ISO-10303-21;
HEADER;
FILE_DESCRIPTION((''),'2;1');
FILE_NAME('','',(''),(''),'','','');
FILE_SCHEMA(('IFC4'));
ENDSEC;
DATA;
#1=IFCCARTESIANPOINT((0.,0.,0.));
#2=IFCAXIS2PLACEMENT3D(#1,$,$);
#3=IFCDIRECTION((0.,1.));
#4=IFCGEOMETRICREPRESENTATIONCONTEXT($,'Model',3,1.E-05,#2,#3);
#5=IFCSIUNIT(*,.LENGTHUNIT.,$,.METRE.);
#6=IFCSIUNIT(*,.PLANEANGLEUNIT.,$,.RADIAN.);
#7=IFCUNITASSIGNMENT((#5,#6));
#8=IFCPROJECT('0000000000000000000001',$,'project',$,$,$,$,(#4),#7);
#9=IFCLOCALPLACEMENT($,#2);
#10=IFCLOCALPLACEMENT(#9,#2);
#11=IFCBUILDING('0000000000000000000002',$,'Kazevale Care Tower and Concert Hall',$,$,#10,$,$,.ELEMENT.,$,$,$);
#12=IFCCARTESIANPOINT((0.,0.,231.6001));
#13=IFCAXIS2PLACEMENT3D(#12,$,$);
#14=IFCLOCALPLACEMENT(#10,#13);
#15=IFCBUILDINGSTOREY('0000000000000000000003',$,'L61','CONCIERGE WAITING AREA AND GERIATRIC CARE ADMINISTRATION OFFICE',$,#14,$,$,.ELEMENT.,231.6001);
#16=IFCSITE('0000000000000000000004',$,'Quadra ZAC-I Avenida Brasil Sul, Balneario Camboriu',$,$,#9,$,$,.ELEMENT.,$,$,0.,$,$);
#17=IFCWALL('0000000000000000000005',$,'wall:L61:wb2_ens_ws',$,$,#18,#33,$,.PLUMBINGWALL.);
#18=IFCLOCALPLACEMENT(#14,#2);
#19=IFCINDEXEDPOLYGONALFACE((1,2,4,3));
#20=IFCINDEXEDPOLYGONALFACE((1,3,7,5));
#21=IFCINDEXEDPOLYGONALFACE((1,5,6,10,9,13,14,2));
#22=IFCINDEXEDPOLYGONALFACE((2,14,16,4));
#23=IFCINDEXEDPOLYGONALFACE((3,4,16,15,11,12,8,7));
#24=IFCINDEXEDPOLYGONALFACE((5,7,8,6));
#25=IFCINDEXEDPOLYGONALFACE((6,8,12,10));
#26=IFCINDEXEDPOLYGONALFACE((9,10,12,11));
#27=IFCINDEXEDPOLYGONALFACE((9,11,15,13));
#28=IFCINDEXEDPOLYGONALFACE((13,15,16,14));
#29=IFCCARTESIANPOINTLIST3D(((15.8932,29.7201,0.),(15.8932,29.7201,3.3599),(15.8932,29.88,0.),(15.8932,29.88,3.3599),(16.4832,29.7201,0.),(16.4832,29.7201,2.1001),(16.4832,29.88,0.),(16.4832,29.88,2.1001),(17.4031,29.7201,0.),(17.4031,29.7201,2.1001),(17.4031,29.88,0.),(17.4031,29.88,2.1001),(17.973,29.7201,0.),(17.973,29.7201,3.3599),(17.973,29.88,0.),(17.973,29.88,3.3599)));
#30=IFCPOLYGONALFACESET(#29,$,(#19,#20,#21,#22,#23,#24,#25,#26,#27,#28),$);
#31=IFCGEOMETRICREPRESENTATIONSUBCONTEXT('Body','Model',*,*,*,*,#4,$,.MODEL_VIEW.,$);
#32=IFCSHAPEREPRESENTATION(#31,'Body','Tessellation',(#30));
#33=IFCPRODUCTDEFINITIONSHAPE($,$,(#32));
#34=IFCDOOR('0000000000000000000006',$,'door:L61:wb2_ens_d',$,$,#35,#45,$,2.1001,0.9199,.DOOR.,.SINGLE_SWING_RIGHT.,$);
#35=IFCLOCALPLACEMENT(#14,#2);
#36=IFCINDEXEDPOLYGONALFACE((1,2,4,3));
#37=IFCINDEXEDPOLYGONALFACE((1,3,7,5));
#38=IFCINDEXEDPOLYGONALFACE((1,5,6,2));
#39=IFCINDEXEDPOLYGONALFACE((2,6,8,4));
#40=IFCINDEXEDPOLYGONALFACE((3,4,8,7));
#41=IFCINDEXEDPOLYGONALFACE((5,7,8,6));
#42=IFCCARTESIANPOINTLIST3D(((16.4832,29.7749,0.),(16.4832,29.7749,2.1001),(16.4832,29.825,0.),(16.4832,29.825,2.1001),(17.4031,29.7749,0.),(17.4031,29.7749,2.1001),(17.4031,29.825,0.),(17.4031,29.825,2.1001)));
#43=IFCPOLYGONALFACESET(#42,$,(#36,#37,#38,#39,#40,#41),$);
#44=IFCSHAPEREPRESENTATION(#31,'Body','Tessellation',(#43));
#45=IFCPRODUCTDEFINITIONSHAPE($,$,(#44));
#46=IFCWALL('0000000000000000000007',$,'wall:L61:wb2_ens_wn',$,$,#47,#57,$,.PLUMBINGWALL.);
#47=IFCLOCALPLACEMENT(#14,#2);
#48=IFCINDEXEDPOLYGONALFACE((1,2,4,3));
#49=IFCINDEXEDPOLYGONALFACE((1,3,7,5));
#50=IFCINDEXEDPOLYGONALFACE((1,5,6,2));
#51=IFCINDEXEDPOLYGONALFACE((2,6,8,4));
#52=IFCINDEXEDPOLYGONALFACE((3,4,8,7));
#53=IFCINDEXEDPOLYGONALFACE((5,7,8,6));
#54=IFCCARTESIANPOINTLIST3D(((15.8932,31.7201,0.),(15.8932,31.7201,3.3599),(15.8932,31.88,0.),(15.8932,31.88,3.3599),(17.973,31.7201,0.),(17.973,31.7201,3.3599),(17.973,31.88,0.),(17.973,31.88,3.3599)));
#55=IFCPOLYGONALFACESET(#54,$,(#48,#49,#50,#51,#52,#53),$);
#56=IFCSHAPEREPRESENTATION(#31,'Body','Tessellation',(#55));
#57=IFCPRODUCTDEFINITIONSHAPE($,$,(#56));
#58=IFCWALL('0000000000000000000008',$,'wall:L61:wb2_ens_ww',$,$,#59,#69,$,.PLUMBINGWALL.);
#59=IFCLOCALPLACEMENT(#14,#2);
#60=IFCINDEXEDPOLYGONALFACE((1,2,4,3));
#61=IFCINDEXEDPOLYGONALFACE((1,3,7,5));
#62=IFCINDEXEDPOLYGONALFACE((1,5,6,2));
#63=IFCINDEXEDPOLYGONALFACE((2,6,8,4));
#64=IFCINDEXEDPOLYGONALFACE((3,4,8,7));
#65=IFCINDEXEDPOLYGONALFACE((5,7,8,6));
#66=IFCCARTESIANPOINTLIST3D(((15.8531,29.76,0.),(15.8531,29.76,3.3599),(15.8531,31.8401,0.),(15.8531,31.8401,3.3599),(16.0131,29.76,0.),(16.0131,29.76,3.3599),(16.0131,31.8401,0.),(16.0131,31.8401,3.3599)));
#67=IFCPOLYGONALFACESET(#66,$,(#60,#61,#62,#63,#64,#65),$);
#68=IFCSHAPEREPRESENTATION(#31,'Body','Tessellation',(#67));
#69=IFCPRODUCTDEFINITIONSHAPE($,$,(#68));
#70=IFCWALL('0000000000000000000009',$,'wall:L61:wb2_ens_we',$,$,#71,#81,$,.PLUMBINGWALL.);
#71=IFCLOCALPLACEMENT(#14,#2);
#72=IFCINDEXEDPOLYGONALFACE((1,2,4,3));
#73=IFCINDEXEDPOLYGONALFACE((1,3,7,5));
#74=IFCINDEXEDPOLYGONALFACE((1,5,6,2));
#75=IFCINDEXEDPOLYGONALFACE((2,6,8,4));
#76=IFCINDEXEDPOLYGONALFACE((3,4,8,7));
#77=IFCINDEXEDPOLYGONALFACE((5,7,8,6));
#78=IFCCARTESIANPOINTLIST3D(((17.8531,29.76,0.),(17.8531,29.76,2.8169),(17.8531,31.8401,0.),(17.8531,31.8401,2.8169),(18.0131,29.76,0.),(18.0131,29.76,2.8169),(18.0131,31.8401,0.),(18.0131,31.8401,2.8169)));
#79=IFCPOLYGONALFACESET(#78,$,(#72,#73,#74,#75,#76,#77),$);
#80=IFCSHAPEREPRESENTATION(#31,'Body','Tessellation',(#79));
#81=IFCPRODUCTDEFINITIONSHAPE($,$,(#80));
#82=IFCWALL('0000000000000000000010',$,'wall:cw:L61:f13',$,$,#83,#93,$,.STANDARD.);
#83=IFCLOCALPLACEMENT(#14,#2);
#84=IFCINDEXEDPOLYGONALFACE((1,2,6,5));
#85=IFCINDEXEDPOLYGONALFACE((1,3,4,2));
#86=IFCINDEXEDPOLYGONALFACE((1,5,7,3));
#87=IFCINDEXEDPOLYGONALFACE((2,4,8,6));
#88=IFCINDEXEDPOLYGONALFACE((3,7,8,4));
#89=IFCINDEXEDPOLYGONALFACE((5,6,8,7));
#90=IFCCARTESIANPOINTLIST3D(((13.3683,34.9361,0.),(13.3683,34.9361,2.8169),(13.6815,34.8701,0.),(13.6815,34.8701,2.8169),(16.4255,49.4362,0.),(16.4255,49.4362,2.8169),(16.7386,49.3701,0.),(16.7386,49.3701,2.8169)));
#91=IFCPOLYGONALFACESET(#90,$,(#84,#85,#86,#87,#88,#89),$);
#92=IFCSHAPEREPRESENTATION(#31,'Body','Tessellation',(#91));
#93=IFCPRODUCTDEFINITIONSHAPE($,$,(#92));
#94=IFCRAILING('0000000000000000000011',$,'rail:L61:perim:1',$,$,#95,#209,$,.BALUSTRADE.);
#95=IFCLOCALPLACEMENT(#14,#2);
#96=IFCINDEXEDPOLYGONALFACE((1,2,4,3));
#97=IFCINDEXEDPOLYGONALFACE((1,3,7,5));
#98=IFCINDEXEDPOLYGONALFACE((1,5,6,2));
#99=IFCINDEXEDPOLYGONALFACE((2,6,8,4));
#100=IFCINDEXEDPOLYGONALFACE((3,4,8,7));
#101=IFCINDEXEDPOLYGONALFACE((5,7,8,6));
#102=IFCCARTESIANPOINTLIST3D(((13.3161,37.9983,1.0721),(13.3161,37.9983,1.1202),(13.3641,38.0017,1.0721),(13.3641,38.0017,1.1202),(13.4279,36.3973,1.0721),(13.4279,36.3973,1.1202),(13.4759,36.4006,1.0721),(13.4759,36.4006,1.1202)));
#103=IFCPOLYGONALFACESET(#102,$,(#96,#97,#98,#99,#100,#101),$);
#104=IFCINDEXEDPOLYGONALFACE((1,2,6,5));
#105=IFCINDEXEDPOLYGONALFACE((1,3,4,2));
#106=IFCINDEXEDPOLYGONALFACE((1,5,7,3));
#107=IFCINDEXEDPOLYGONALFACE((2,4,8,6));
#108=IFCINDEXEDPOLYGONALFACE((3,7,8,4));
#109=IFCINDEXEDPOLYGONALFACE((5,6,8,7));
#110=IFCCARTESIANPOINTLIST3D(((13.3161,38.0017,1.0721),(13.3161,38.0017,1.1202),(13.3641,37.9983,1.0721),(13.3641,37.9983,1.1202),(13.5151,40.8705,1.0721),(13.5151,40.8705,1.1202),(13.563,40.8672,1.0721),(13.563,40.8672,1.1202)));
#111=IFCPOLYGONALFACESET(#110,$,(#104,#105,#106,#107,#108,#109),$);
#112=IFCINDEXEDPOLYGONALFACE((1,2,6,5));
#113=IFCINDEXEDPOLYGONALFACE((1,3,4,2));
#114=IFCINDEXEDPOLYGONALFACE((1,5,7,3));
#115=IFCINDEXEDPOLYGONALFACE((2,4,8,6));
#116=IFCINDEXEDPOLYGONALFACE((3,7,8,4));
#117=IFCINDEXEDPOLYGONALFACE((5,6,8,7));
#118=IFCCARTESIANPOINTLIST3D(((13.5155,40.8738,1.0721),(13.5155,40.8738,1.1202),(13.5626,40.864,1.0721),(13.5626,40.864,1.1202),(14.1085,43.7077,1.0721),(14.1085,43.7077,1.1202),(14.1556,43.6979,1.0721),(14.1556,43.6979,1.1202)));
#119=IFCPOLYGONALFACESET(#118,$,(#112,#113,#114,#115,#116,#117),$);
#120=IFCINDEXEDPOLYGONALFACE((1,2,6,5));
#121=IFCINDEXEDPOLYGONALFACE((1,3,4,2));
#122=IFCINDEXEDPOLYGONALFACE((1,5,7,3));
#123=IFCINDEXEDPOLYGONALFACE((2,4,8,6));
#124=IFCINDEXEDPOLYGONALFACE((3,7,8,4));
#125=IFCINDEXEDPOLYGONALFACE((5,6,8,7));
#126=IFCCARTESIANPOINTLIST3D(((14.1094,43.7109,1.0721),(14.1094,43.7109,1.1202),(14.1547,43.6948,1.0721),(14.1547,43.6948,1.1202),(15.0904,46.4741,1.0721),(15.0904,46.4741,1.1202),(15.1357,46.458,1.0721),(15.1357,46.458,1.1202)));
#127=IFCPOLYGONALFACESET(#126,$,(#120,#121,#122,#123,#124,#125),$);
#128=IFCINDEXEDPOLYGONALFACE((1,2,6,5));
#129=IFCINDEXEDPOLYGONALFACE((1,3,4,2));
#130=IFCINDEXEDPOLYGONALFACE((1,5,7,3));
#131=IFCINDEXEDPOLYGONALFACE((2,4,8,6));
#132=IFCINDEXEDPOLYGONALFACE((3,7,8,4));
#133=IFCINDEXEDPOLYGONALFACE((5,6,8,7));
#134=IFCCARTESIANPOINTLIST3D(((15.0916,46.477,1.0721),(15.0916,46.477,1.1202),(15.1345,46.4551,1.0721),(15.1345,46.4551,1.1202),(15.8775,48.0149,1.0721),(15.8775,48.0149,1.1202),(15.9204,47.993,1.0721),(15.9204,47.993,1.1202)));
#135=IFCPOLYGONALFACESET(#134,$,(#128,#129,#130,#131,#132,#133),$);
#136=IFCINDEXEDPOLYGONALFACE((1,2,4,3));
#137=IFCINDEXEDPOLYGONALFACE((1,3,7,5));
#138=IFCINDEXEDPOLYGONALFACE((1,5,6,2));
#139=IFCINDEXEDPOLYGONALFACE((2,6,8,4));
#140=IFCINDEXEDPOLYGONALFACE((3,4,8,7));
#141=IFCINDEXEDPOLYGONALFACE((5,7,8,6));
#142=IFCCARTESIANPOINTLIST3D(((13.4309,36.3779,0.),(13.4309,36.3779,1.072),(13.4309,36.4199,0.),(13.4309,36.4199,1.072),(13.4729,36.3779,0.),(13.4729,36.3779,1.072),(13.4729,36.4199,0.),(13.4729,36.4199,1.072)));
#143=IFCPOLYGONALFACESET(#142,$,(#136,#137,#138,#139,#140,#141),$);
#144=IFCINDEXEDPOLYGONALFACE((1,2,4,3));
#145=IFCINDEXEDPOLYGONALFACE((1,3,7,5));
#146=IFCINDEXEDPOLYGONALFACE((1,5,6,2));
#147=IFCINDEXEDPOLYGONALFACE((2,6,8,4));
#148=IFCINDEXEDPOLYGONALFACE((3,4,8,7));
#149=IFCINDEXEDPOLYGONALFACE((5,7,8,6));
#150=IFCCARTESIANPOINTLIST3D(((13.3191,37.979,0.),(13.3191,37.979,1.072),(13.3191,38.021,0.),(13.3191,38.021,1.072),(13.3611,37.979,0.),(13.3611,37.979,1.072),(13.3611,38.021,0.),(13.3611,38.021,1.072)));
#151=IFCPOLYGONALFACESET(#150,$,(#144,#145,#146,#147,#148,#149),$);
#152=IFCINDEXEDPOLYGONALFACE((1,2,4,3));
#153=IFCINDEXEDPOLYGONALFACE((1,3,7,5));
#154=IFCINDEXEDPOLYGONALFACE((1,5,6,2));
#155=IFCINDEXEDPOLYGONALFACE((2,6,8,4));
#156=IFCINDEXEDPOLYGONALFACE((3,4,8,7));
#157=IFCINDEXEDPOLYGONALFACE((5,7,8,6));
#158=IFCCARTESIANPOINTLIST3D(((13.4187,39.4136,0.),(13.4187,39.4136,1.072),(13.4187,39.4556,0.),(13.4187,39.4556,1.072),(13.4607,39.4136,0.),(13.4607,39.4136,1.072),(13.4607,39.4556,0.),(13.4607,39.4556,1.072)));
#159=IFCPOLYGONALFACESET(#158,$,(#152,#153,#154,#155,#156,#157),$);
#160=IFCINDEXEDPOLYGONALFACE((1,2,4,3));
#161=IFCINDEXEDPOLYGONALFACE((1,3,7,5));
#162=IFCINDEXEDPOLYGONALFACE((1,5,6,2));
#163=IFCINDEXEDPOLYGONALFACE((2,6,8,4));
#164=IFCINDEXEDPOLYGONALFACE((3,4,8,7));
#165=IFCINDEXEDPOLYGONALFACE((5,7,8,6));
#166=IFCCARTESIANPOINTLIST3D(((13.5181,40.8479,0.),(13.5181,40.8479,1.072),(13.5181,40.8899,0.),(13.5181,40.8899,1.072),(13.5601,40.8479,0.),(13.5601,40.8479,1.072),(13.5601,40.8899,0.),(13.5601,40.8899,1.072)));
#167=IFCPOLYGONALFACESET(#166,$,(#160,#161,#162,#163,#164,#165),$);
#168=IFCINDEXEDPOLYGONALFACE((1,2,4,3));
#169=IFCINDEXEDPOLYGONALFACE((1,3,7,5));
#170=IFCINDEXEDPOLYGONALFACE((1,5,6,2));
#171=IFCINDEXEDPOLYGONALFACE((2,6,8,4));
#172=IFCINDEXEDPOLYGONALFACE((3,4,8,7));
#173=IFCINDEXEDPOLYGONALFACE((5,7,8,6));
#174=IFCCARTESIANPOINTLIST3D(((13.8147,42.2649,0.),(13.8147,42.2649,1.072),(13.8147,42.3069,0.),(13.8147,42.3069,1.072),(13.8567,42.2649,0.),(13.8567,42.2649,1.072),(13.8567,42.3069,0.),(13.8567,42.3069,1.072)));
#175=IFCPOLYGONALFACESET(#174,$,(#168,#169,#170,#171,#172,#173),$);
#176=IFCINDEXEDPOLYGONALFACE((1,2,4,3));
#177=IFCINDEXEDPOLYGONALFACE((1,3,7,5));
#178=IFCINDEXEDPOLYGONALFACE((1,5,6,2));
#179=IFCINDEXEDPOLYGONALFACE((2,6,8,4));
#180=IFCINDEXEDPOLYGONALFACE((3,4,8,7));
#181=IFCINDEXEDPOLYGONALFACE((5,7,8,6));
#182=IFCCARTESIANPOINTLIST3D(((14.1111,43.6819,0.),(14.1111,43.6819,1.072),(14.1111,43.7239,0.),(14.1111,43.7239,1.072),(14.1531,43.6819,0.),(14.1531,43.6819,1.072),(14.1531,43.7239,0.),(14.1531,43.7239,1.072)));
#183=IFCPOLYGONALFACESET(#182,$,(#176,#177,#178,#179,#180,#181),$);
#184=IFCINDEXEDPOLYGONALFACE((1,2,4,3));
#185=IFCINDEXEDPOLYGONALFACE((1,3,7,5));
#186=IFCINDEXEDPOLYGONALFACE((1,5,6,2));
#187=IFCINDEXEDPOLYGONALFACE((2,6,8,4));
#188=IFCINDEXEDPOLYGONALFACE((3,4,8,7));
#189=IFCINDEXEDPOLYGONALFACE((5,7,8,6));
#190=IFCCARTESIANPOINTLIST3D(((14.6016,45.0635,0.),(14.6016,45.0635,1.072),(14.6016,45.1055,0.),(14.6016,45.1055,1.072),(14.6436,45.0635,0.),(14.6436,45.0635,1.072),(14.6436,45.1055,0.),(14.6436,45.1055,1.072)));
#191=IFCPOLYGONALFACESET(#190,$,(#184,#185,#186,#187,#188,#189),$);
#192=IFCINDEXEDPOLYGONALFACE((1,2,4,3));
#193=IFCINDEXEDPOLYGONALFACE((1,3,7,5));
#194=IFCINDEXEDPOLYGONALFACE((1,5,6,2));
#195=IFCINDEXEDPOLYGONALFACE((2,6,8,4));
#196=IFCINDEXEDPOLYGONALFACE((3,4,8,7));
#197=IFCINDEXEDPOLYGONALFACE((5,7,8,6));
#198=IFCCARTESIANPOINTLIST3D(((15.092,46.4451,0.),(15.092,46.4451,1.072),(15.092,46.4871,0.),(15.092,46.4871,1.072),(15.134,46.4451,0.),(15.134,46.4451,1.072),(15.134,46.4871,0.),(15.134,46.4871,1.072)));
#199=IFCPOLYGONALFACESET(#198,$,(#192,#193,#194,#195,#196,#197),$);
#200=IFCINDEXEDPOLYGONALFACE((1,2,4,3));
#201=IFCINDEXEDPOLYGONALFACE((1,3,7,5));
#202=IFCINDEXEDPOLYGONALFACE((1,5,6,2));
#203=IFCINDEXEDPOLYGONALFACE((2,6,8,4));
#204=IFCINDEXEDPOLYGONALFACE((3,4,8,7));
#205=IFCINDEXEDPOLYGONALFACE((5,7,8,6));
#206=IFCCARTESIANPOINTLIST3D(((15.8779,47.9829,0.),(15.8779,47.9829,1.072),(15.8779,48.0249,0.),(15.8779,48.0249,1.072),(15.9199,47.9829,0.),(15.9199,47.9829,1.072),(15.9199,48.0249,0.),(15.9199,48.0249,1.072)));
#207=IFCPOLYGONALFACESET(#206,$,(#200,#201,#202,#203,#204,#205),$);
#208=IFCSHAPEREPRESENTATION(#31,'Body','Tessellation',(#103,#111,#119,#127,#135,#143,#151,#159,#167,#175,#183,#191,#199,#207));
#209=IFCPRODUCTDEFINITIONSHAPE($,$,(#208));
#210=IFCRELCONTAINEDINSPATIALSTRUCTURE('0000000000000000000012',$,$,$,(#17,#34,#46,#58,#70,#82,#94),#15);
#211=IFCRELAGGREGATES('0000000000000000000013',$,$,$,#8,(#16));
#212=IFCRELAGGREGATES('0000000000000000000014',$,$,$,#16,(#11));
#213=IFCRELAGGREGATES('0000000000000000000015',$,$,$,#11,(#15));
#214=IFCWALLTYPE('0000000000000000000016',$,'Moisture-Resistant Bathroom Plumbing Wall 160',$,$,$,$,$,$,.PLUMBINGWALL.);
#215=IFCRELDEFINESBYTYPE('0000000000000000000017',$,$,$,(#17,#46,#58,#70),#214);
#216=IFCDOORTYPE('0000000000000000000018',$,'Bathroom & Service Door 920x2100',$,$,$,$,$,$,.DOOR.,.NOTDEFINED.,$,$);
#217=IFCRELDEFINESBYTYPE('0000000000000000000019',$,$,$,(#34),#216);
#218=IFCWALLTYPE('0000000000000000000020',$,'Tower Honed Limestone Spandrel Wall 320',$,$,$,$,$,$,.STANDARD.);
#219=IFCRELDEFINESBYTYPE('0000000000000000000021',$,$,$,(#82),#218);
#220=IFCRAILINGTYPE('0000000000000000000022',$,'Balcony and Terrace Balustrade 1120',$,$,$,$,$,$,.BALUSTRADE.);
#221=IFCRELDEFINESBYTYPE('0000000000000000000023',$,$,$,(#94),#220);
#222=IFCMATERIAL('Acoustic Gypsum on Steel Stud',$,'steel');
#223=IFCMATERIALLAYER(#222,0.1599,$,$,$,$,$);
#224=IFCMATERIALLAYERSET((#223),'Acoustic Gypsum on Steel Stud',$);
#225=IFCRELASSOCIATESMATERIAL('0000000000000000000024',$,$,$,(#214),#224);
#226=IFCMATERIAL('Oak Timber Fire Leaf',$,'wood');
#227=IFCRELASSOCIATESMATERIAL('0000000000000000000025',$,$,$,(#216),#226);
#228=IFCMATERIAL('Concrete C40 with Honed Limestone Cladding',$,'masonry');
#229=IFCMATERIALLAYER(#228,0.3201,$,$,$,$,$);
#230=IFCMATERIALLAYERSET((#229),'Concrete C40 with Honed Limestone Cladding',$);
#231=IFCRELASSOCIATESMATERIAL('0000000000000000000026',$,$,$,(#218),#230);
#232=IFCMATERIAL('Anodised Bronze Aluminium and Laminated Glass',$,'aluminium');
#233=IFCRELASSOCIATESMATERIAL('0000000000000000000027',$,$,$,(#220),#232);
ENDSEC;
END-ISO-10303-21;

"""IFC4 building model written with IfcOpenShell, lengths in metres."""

from ifc_helpers import new_model, si_unit, direction, frame, frame_2d, origin, origin_2d, place, context, subcontext, project, spatial, rectangle, extrude, material, layer, layer_set, type_object, element, fill, save


model = new_model("IFC4")

# Units and contexts
model_context = context("Model", 3, precision=1e-05, world=origin(), true_north=direction((0.0, 1.0)))
body_context = subcontext(model_context, "Body", "Model", "MODEL_VIEW")
ifc_project = project(units=[si_unit("LENGTHUNIT", "METRE"), si_unit("PLANEANGLEUNIT", "RADIAN")], contexts=[model_context])

# Site, building, storey
site_placement = place(None, origin())
site = spatial("IfcSite", under=ifc_project, at=site_placement, Name="Quadra ZAC-I Avenida Brasil Sul, Balneario Camboriu", CompositionType="ELEMENT", RefElevation=0.0)
building_placement = place(site_placement, origin())
building = spatial("IfcBuilding", under=site, at=building_placement, Name="Kazevale Care Tower and Concert Hall", CompositionType="ELEMENT")
storey_placement = place(building_placement, frame((0.0, 0.0, 231.6001)))
storey = spatial("IfcBuildingStorey", under=building, at=storey_placement, Name="L61", Description="CONCIERGE WAITING AREA AND GERIATRIC CARE ADMINISTRATION OFFICE", CompositionType="ELEMENT", Elevation=231.6001)

# Wall, opening, door
ifc_material_1 = material(Name="Acoustic Gypsum on Steel Stud", Category="steel")
ifc_layer_1 = layer(ifc_material_1, 0.1599)
ifc_layer_set_1 = layer_set([ifc_layer_1], Name="Acoustic Gypsum on Steel Stud")
wall_type_1 = type_object("IfcWallType", Name="Moisture-Resistant Bathroom Plumbing Wall 160", PredefinedType="PLUMBINGWALL", material=ifc_layer_set_1)
wall_1_placement = place(storey_placement, frame((15.8931, 29.8, 0.0), z_axis=(0.0, 0.0, 1.0), x_axis=(1.0, 0.0, 0.0)))
wall_1 = element("IfcWall", 1, at=wall_1_placement, inside=storey, type_object=wall_type_1, Name="wall:L61:wb2_ens_ws", PredefinedType="PLUMBINGWALL", context=body_context, shape_type="SweptSolid", body=[
    extrude(rectangle(XDim=2.0798, YDim=0.1599, at=frame_2d((1.04, 0.0))), origin(), (0.0, 0.0, 1.0), 3.3599),
])
opening_placement = place(wall_1_placement, frame((0.5901, 0.0, 0.0)))
opening = element("IfcOpeningElement", 2, at=opening_placement, cuts=wall_1, PredefinedType="OPENING", context=body_context, shape_type="SweptSolid", body=[
    extrude(rectangle(XDim=0.9199, YDim=2.1001, at=frame_2d((0.46, 1.05))), frame((0.0, 0.0898, 0.0), z_axis=(0.0, -1.0, 0.0), x_axis=(1.0, 0.0, 0.0)), (0.0, 0.0, 1.0), 0.1799),
])
ifc_material_2 = material(Name="Oak Timber Fire Leaf", Category="wood")
door_type = type_object("IfcDoorType", Name="Bathroom & Service Door 920x2100", OperationType="NOTDEFINED", PredefinedType="DOOR", material=ifc_material_2)
door_placement = place(opening_placement, origin())
door = element("IfcDoor", 3, at=door_placement, inside=storey, type_object=door_type, Name="door:L61:wb2_ens_d", OperationType="SINGLE_SWING_RIGHT", OverallHeight=2.1001, OverallWidth=0.9199, PredefinedType="DOOR", context=body_context, shape_type="SweptSolid", body=[
    extrude(rectangle(XDim=0.9199, YDim=2.1001, at=frame_2d((0.46, 1.05))), frame((0.0, 0.0249, 0.0), z_axis=(0.0, -1.0, 0.0), x_axis=(1.0, 0.0, 0.0)), (0.0, 0.0, 1.0), 0.05),
])
fill(opening, door)

# Walls
wall_2_placement = place(storey_placement, frame((15.8931, 31.8, 0.0), z_axis=(0.0, 0.0, 1.0), x_axis=(1.0, 0.0, 0.0)))
element("IfcWall", 4, at=wall_2_placement, inside=storey, type_object=wall_type_1, Name="wall:L61:wb2_ens_wn", PredefinedType="PLUMBINGWALL", context=body_context, shape_type="SweptSolid", body=[
    extrude(rectangle(XDim=2.0798, YDim=0.1599, at=frame_2d((1.04, 0.0))), origin(), (0.0, 0.0, 1.0), 3.3599),
])
wall_3_placement = place(storey_placement, frame((15.9331, 29.76, 0.0), z_axis=(0.0, 0.0, 1.0), x_axis=(0.0, 1.0, 0.0)))
element("IfcWall", 5, at=wall_3_placement, inside=storey, type_object=wall_type_1, Name="wall:L61:wb2_ens_ww", PredefinedType="PLUMBINGWALL", context=body_context, shape_type="SweptSolid", body=[
    extrude(rectangle(XDim=2.0801, YDim=0.1599, at=frame_2d((1.04, 0.0))), origin(), (0.0, 0.0, 1.0), 3.3599),
])
wall_4_placement = place(storey_placement, frame((17.9331, 29.76, 0.0), z_axis=(0.0, 0.0, 1.0), x_axis=(0.0, 1.0, 0.0)))
element("IfcWall", 6, at=wall_4_placement, inside=storey, type_object=wall_type_1, Name="wall:L61:wb2_ens_we", PredefinedType="PLUMBINGWALL", context=body_context, shape_type="SweptSolid", body=[
    extrude(rectangle(XDim=2.0801, YDim=0.1599, at=frame_2d((1.04, 0.0))), origin(), (0.0, 0.0, 1.0), 2.8169),
])
ifc_material_3 = material(Name="Concrete C40 with Honed Limestone Cladding", Category="masonry")
ifc_layer_2 = layer(ifc_material_3, 0.3201)
ifc_layer_set_2 = layer_set([ifc_layer_2], Name="Concrete C40 with Honed Limestone Cladding")
wall_type_2 = type_object("IfcWallType", Name="Tower Honed Limestone Spandrel Wall 320", PredefinedType="STANDARD", material=ifc_layer_set_2)
wall_5_placement = place(storey_placement, frame((13.5249, 34.9031, 0.0), z_axis=(0.0, 0.0, 1.0), x_axis=(0.206301, 0.978489, 0.0)))
element("IfcWall", 7, at=wall_5_placement, inside=storey, type_object=wall_type_2, Name="wall:cw:L61:f13", PredefinedType="STANDARD", context=body_context, shape_type="SweptSolid", body=[
    extrude(rectangle(XDim=14.8188, YDim=0.3201, at=frame_2d((7.4094, 0.0))), origin(), (0.0, 0.0, 1.0), 2.8169),
])

# Railing
ifc_material_4 = material(Name="Anodised Bronze Aluminium and Laminated Glass", Category="aluminium")
railing_type = type_object("IfcRailingType", Name="Balcony and Terrace Balustrade 1120", PredefinedType="BALUSTRADE", material=ifc_material_4)
railing_placement = place(storey_placement, frame((13.4519, 36.3989, 0.0)))
element("IfcRailing", 8, at=railing_placement, inside=storey, type_object=railing_type, Name="rail:L61:perim:1", PredefinedType="BALUSTRADE", context=body_context, shape_type="SweptSolid", body=[
    extrude(rectangle(XDim=0.0481, YDim=0.0481, at=origin_2d()), frame((0.0, 0.0, 1.0962), z_axis=(-0.069669, 0.99757, 0.0), x_axis=(-0.99757, -0.069669, 0.0)), (0.0, 0.0, 1.0), 1.605),
    extrude(rectangle(XDim=0.0481, YDim=0.0481, at=origin_2d()), frame((-0.1118, 1.6011, 1.0962), z_axis=(0.06919, 0.997604, 0.0), x_axis=(-0.997604, 0.06919, 0.0)), (0.0, 0.0, 1.0), 2.8757),
    extrude(rectangle(XDim=0.0481, YDim=0.0481, at=origin_2d()), frame((0.0872, 4.47, 1.0962), z_axis=(0.204816, 0.9788, 0.0), x_axis=(-0.9788, 0.204816, 0.0)), (0.0, 0.0, 1.0), 2.8953),
    extrude(rectangle(XDim=0.0481, YDim=0.0481, at=origin_2d()), frame((0.6802, 7.304, 1.0962), z_axis=(0.334553, 0.942377, 0.0), x_axis=(-0.942377, 0.334553, 0.0)), (0.0, 0.0, 1.0), 2.9321),
    extrude(rectangle(XDim=0.0481, YDim=0.0481, at=origin_2d()), frame((1.6611, 10.0671, 1.0962), z_axis=(0.455056, 0.890463, 0.0), x_axis=(-0.890463, 0.455056, 0.0)), (0.0, 0.0, 1.0), 1.7271),
    extrude(rectangle(XDim=0.042, YDim=0.042, at=origin_2d()), origin(), (0.0, 0.0, 1.0), 1.072),
    extrude(rectangle(XDim=0.042, YDim=0.042, at=origin_2d()), frame((-0.1118, 1.6011, 0.0)), (0.0, 0.0, 1.0), 1.072),
    extrude(rectangle(XDim=0.042, YDim=0.042, at=origin_2d()), frame((-0.0122, 3.0356, 0.0)), (0.0, 0.0, 1.0), 1.072),
    extrude(rectangle(XDim=0.042, YDim=0.042, at=origin_2d()), frame((0.0872, 4.47, 0.0)), (0.0, 0.0, 1.0), 1.072),
    extrude(rectangle(XDim=0.042, YDim=0.042, at=origin_2d()), frame((0.3838, 5.887, 0.0)), (0.0, 0.0, 1.0), 1.072),
    extrude(rectangle(XDim=0.042, YDim=0.042, at=origin_2d()), frame((0.6802, 7.304, 0.0)), (0.0, 0.0, 1.0), 1.072),
    extrude(rectangle(XDim=0.042, YDim=0.042, at=origin_2d()), frame((1.1707, 8.6855, 0.0)), (0.0, 0.0, 1.0), 1.072),
    extrude(rectangle(XDim=0.042, YDim=0.042, at=origin_2d()), frame((1.6611, 10.0671, 0.0)), (0.0, 0.0, 1.0), 1.072),
    extrude(rectangle(XDim=0.042, YDim=0.042, at=origin_2d()), frame((2.447, 11.605, 0.0)), (0.0, 0.0, 1.0), 1.072),
])

save(model, "model.ifc")
